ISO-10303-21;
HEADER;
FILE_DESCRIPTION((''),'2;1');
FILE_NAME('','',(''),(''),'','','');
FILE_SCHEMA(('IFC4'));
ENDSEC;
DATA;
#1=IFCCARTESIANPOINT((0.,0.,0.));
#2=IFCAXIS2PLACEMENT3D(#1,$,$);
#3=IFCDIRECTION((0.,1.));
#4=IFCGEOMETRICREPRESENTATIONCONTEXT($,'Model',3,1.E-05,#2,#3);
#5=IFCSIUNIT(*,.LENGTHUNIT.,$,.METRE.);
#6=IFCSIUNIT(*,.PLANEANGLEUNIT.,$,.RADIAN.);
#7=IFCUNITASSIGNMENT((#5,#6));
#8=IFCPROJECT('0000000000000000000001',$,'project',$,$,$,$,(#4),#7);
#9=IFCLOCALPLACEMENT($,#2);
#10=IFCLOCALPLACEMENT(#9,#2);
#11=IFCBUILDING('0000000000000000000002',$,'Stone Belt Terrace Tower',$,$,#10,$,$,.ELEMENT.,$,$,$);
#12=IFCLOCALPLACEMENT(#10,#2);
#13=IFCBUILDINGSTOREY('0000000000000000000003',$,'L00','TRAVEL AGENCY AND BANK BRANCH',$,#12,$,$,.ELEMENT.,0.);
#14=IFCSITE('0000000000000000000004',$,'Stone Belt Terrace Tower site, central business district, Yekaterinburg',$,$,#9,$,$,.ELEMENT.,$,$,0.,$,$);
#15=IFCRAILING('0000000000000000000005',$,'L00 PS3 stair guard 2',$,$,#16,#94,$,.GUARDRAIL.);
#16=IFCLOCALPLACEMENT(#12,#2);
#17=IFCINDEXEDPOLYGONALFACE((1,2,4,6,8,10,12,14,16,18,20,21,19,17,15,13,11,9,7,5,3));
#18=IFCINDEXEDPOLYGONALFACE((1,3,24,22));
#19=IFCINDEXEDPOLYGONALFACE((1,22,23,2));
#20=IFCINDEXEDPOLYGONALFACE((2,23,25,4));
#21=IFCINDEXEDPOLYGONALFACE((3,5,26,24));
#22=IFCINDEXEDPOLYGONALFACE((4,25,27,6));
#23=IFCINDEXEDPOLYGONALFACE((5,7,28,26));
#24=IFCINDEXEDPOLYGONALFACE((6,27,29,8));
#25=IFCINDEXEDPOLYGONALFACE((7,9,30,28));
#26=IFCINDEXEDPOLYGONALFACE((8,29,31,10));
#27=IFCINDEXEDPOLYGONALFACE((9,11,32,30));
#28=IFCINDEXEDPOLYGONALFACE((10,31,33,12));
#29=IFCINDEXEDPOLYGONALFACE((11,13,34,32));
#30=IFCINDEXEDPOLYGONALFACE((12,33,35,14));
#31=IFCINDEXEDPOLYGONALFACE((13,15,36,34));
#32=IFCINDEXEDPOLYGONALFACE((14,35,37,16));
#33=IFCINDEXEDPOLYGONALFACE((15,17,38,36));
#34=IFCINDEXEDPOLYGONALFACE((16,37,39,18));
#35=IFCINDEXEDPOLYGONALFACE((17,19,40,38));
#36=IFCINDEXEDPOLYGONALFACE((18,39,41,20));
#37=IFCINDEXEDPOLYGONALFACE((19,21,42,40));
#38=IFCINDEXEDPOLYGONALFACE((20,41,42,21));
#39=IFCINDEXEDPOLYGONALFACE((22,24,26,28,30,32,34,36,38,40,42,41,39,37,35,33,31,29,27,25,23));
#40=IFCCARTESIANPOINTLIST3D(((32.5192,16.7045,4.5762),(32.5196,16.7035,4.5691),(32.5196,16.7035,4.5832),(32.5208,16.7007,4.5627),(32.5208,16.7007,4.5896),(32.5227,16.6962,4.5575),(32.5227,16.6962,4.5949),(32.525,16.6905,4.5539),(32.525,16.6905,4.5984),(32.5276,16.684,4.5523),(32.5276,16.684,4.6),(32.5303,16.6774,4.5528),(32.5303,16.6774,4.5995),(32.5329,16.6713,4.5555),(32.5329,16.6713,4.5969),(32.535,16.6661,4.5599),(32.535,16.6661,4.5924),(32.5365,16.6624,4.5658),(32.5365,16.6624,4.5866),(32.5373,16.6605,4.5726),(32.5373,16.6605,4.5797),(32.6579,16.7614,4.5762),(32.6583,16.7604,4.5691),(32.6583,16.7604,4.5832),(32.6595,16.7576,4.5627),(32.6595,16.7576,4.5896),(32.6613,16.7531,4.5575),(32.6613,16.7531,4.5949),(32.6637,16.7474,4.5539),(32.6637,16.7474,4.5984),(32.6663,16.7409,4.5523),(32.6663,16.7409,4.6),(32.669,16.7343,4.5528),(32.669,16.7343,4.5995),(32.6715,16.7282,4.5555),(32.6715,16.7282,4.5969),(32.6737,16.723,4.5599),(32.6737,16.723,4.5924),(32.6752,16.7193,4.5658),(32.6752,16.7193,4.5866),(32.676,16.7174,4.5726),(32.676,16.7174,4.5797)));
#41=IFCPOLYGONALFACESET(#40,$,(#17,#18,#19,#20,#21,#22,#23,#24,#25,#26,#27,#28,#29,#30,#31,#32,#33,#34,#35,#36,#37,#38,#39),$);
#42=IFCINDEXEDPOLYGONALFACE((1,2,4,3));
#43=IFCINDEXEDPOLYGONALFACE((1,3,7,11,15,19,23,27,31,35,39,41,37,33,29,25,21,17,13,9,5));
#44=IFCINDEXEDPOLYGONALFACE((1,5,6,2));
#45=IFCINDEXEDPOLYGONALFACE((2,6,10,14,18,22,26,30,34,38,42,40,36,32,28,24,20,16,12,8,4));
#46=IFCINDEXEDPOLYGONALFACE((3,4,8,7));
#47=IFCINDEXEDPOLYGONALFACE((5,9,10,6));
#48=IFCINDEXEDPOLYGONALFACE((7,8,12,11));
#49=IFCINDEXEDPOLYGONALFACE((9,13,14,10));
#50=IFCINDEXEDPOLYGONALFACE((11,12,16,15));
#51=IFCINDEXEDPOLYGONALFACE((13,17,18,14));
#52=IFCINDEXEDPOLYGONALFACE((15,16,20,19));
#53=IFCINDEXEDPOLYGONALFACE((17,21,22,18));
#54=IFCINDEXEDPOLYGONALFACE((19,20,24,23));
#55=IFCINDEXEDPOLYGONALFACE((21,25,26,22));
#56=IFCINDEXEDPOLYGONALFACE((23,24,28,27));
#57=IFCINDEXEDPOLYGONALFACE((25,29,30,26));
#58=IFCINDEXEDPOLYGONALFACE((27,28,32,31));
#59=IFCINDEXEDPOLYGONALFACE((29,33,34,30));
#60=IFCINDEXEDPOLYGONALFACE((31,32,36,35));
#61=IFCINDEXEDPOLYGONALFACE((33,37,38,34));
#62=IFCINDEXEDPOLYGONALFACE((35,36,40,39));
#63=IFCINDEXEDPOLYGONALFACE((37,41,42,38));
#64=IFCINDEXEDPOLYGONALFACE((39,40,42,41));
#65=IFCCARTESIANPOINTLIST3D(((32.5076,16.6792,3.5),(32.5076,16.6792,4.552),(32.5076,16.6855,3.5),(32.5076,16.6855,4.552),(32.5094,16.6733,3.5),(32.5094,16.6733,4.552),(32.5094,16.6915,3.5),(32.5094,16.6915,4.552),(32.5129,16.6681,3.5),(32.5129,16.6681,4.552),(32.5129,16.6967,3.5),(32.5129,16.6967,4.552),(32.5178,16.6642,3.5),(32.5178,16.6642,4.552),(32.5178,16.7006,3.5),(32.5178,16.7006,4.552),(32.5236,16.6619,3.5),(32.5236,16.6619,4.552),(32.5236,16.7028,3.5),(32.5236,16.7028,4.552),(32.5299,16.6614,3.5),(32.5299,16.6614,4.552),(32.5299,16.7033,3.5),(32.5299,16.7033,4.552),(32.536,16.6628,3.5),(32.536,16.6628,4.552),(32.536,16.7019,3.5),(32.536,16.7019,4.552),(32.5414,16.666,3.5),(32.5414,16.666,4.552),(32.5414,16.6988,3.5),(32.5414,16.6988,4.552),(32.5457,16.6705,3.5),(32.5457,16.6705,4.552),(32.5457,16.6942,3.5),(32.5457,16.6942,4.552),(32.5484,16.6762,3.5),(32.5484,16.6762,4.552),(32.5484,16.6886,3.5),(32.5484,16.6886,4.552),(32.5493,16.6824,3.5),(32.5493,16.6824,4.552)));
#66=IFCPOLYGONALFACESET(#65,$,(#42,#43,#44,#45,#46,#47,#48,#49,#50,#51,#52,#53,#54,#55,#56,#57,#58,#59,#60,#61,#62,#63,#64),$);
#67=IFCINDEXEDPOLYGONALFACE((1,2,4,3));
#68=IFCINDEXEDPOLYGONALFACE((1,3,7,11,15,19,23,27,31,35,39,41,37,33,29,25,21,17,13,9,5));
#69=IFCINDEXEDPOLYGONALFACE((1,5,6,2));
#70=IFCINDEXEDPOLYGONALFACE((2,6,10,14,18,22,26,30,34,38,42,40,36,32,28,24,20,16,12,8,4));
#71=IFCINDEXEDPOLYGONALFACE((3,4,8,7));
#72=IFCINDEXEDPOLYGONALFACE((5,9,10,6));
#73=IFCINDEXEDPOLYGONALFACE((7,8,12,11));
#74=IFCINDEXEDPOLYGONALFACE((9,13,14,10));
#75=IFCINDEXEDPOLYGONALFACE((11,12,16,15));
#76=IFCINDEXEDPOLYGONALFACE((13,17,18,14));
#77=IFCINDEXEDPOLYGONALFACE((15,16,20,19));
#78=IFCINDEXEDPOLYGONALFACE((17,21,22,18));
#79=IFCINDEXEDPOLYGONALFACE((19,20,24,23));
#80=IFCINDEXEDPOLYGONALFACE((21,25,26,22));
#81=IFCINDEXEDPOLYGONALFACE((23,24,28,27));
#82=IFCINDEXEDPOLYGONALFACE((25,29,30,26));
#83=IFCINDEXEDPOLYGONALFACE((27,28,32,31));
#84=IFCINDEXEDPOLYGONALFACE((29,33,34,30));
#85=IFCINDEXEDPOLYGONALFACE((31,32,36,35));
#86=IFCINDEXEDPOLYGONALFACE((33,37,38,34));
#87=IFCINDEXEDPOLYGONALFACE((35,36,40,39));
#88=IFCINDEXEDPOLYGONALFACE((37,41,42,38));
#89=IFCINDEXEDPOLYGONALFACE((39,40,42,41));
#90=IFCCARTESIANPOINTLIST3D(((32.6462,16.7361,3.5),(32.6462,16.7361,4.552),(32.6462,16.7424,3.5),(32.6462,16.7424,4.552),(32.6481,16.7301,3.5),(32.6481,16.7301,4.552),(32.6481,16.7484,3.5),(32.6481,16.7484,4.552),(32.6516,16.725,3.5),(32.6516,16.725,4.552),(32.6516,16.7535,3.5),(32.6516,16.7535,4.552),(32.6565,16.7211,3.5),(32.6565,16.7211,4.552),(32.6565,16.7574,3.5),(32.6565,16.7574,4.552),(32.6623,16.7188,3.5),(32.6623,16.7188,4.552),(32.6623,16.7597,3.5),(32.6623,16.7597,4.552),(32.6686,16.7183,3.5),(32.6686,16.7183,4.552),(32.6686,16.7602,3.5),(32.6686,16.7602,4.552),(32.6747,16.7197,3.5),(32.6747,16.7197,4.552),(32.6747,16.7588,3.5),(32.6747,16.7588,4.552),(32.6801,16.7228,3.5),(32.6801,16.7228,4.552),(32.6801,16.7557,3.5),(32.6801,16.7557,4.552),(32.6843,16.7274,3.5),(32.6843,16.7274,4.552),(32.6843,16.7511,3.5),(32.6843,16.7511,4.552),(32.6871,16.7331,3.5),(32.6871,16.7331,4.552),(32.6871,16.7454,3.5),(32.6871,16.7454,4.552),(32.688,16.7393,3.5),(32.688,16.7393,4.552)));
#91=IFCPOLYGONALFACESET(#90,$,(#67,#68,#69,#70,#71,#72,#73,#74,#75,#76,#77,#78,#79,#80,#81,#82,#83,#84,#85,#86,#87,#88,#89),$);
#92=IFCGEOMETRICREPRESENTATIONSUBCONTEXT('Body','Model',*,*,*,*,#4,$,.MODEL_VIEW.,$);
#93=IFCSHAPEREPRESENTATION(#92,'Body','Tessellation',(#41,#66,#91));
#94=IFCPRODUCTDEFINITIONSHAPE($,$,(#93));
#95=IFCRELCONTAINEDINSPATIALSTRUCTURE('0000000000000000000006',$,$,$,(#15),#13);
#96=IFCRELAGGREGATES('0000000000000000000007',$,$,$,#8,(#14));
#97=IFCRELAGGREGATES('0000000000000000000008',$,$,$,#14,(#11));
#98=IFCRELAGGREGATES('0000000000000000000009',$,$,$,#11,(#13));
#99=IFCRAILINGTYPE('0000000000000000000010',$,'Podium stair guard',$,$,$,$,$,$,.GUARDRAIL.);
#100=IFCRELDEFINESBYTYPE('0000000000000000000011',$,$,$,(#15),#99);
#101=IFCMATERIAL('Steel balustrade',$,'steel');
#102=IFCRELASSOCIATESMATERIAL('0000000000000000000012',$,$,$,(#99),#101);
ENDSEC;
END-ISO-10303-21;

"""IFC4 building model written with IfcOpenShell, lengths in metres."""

from ifc_helpers import new_model, si_unit, direction, frame, origin, origin_2d, place, context, subcontext, project, spatial, circle, extrude, material, type_object, element, save


model = new_model("IFC4")

# Units and contexts
model_context = context("Model", 3, precision=1e-05, world=origin(), true_north=direction((0.0, 1.0)))
body_context = subcontext(model_context, "Body", "Model", "MODEL_VIEW")
ifc_project = project(units=[si_unit("LENGTHUNIT", "METRE"), si_unit("PLANEANGLEUNIT", "RADIAN")], contexts=[model_context])

# Site, building, storey
site_placement = place(None, origin())
site = spatial("IfcSite", under=ifc_project, at=site_placement, Name="Stone Belt Terrace Tower site, central business district, Yekaterinburg", CompositionType="ELEMENT", RefElevation=0.0)
building_placement = place(site_placement, origin())
building = spatial("IfcBuilding", under=site, at=building_placement, Name="Stone Belt Terrace Tower", CompositionType="ELEMENT")
storey_placement = place(building_placement, origin())
storey = spatial("IfcBuildingStorey", under=building, at=storey_placement, Name="L00", Description="TRAVEL AGENCY AND BANK BRANCH", CompositionType="ELEMENT", Elevation=0.0)

# Railing
ifc_material_1 = material(Name="Steel balustrade", Category="steel")
railing_type_1 = type_object("IfcRailingType", Name="Podium stair guard", PredefinedType="GUARDRAIL", material=ifc_material_1)
railing_1_placement = place(storey_placement, frame((32.5283, 16.6824, 3.5)))
element("IfcRailing", 1, at=railing_1_placement, inside=storey, type_object=railing_type_1, Name="L00 PS3 stair guard 2", PredefinedType="GUARDRAIL", context=body_context, shape_type="SweptSolid", body=[
    extrude(circle(Radius=0.0239, at=origin_2d()), frame((0.0, 0.0, 1.0762), z_axis=(0.925183, 0.379521, 0.0), x_axis=(-0.379521, 0.925183, 0.0)), (0.0, 0.0, 1.0), 0.1499),
    extrude(circle(Radius=0.021, at=origin_2d()), origin(), (0.0, 0.0, 1.0), 1.052),
    extrude(circle(Radius=0.021, at=origin_2d()), frame((0.1387, 0.0569, 0.0)), (0.0, 0.0, 1.0), 1.052),
])

save(model, "model.ifc")
